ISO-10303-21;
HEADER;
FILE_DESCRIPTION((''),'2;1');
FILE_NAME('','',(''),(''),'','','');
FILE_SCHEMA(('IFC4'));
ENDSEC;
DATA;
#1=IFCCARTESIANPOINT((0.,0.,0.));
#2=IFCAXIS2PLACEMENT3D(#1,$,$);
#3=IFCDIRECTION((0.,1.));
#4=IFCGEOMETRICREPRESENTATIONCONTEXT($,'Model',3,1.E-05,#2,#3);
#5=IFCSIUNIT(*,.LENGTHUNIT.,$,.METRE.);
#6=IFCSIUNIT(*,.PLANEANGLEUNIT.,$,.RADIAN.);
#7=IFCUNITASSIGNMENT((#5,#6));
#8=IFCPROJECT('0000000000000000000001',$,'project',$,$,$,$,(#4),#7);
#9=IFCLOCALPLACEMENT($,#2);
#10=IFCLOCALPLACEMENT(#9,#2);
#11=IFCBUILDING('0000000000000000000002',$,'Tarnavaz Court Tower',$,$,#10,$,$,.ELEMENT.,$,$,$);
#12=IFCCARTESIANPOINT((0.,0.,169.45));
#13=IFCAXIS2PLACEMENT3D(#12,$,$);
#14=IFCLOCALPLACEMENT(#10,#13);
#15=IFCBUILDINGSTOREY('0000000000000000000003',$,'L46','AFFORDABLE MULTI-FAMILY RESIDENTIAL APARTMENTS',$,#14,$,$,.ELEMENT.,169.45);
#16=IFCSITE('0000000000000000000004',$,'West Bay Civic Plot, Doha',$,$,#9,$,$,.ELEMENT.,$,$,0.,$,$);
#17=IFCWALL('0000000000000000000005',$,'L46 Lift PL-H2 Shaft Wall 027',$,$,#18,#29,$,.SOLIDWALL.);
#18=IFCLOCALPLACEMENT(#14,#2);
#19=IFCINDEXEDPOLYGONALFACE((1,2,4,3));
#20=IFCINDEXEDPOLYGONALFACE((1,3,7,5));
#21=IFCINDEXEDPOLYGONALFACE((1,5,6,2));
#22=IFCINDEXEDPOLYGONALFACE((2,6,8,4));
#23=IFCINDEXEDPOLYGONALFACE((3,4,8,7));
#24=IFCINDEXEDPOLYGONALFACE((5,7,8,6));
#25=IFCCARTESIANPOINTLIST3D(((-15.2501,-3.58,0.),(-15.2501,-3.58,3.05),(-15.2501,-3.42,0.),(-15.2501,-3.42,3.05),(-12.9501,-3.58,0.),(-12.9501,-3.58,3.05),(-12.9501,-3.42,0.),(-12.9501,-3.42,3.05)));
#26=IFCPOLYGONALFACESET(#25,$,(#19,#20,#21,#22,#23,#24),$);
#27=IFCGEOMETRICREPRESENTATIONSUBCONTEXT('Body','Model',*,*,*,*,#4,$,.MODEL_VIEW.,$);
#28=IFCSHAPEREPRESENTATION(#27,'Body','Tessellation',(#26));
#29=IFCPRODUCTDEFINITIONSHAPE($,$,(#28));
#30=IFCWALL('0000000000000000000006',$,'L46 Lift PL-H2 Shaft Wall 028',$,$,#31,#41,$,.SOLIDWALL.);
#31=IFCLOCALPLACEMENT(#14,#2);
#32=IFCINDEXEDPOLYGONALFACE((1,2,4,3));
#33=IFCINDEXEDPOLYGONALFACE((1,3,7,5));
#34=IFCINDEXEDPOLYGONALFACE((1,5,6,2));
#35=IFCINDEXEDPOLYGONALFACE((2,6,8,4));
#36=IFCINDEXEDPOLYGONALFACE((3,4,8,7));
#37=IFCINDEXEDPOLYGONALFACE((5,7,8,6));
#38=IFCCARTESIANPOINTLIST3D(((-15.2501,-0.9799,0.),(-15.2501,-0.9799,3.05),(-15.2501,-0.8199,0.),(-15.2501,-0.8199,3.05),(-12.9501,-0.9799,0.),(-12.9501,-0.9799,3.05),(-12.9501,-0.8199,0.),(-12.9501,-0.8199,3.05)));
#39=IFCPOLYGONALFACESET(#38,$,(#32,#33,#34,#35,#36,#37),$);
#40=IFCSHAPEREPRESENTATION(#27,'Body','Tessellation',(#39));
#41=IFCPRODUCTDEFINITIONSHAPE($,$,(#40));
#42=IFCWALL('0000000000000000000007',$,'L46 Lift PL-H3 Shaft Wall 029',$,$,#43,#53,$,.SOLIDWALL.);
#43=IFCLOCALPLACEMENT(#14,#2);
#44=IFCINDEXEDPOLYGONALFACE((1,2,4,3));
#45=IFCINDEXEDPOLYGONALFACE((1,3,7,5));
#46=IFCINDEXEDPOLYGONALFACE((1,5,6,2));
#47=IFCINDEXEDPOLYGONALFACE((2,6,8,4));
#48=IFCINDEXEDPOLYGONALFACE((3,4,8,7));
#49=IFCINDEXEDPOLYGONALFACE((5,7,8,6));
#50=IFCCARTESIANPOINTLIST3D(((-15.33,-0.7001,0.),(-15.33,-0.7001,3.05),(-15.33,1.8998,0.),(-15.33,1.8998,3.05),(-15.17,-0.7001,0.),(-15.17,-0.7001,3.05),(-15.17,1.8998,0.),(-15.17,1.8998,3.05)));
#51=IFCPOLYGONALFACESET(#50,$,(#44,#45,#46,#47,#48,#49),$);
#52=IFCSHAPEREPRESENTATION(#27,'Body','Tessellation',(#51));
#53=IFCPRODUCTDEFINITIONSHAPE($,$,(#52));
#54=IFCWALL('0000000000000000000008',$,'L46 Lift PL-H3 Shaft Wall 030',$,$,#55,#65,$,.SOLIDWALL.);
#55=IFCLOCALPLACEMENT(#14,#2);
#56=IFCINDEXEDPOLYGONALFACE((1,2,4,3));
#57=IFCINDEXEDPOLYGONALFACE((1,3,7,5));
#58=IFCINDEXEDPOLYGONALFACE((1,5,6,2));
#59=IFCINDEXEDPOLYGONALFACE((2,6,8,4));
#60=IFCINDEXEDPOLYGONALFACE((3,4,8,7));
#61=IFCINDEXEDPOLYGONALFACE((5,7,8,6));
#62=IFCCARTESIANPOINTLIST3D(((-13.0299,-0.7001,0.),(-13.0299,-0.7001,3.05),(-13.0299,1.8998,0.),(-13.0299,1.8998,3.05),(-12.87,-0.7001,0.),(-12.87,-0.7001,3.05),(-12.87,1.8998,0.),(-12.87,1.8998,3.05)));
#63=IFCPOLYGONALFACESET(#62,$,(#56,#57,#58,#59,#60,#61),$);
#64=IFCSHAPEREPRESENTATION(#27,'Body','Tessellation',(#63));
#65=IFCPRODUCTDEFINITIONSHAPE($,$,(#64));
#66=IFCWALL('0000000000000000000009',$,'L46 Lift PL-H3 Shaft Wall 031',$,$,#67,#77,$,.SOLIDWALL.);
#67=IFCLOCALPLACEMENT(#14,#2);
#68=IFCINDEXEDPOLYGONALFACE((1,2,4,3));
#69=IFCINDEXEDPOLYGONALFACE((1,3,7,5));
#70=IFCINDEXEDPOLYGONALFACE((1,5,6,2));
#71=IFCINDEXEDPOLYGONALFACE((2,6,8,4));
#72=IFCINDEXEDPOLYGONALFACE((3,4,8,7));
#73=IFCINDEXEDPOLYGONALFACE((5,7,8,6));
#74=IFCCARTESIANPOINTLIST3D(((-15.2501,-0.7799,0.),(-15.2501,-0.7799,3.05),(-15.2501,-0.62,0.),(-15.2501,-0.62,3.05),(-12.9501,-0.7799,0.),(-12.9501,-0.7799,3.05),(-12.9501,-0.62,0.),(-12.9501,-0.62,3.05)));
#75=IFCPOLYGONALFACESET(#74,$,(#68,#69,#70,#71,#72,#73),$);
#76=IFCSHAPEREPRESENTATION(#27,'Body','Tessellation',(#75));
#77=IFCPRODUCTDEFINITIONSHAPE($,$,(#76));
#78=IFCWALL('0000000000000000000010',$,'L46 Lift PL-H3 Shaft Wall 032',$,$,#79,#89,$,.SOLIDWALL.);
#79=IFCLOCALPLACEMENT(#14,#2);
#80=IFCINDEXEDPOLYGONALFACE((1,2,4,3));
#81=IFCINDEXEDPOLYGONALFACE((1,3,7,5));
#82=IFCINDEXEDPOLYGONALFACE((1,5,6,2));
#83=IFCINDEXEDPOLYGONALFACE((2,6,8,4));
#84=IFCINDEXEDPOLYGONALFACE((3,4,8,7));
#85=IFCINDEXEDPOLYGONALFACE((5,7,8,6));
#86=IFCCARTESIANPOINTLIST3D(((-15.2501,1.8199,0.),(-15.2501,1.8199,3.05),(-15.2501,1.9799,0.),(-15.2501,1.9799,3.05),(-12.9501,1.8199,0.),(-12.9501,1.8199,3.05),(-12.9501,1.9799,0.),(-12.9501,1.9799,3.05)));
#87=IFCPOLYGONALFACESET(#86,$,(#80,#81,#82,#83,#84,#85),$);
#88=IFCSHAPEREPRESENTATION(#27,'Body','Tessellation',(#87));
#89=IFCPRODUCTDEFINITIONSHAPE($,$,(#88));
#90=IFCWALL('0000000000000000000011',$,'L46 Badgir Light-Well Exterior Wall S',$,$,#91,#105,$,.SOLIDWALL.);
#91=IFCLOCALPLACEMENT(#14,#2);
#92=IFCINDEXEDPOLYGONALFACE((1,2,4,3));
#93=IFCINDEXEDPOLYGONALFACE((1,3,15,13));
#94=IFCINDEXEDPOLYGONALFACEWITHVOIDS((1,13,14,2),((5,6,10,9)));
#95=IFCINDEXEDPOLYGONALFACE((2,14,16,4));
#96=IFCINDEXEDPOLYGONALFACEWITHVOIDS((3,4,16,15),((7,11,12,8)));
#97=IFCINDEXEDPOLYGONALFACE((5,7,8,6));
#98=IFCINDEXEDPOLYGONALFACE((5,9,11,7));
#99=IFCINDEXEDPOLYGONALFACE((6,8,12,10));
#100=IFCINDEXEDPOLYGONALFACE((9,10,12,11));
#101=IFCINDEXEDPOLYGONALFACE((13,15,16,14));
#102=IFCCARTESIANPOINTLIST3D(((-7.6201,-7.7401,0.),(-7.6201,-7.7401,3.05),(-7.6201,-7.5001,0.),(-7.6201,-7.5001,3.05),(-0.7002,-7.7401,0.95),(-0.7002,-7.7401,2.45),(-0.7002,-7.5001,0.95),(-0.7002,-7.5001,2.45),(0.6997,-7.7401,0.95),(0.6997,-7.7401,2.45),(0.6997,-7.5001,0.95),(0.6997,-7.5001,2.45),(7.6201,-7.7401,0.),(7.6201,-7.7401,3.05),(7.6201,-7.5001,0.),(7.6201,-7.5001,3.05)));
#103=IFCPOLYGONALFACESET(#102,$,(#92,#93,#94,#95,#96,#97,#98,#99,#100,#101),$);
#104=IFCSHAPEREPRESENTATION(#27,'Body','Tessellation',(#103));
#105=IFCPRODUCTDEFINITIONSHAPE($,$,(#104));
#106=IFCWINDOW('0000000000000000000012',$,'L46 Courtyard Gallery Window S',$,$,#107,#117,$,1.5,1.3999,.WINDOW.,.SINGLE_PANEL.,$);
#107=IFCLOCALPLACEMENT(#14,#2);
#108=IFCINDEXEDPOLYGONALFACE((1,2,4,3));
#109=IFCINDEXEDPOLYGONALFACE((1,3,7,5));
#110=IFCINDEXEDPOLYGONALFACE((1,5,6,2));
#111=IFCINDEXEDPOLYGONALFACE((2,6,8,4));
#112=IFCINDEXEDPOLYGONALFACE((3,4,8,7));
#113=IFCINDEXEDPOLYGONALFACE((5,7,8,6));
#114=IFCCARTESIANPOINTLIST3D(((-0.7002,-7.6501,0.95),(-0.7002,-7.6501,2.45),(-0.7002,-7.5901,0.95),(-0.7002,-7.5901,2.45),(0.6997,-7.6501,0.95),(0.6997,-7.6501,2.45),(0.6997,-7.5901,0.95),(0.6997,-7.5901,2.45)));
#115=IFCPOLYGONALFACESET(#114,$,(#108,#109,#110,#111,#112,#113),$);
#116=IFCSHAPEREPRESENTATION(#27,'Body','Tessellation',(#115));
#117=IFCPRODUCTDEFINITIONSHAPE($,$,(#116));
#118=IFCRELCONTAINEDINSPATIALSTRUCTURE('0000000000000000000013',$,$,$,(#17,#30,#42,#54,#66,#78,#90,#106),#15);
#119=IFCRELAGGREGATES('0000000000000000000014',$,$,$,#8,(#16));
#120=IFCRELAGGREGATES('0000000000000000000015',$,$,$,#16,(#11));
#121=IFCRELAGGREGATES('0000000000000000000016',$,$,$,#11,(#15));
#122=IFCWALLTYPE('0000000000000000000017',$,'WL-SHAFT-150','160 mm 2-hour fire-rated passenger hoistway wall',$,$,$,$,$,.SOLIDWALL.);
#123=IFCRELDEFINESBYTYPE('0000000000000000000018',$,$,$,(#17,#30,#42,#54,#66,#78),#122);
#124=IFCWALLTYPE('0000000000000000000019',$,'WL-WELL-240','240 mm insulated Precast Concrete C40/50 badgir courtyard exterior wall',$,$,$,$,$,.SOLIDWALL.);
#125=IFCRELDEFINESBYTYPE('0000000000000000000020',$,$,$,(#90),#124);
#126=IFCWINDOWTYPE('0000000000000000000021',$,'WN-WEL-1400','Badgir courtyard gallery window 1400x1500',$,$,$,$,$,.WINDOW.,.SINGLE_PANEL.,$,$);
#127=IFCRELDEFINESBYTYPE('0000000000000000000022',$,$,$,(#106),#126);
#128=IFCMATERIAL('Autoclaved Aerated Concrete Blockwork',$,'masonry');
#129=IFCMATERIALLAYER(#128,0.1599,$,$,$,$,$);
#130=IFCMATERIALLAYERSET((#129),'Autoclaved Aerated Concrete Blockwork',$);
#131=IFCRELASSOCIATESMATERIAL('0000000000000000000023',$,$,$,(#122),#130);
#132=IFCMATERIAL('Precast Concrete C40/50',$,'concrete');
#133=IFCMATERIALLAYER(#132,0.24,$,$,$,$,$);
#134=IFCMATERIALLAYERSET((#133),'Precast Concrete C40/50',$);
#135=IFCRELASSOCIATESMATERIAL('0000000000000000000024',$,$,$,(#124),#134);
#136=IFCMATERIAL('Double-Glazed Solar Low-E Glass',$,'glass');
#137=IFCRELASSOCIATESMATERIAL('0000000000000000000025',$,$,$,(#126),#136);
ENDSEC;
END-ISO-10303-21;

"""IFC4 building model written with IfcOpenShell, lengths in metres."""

from ifc_helpers import new_model, si_unit, direction, frame, frame_2d, origin, place, context, subcontext, project, spatial, rectangle, extrude, material, layer, layer_set, type_object, element, fill, save


model = new_model("IFC4")

# Units and contexts
model_context = context("Model", 3, precision=1e-05, world=origin(), true_north=direction((0.0, 1.0)))
body_context = subcontext(model_context, "Body", "Model", "MODEL_VIEW")
ifc_project = project(units=[si_unit("LENGTHUNIT", "METRE"), si_unit("PLANEANGLEUNIT", "RADIAN")], contexts=[model_context])

# Site, building, storey
site_placement = place(None, origin())
site = spatial("IfcSite", under=ifc_project, at=site_placement, Name="West Bay Civic Plot, Doha", CompositionType="ELEMENT", RefElevation=0.0)
building_placement = place(site_placement, origin())
building = spatial("IfcBuilding", under=site, at=building_placement, Name="Tarnavaz Court Tower", CompositionType="ELEMENT")
storey_placement = place(building_placement, frame((0.0, 0.0, 169.45)))
storey = spatial("IfcBuildingStorey", under=building, at=storey_placement, Name="L46", Description="AFFORDABLE MULTI-FAMILY RESIDENTIAL APARTMENTS", CompositionType="ELEMENT", Elevation=169.45)

# Walls
ifc_material_1 = material(Name="Autoclaved Aerated Concrete Blockwork", Category="masonry")
ifc_layer_1 = layer(ifc_material_1, 0.1599)
ifc_layer_set_1 = layer_set([ifc_layer_1], Name="Autoclaved Aerated Concrete Blockwork")
wall_type_1 = type_object("IfcWallType", Name="WL-SHAFT-150", Description="160 mm 2-hour fire-rated passenger hoistway wall", PredefinedType="SOLIDWALL", material=ifc_layer_set_1)
for number, where, z_axis, x_axis, name in (
    (1, (-15.25, -3.5, 0.0), (0.0, 0.0, 1.0), (1.0, 0.0, 0.0), "L46 Lift PL-H2 Shaft Wall 027"),
    (2, (-15.25, -0.8999, 0.0), (0.0, 0.0, 1.0), (1.0, 0.0, 0.0), "L46 Lift PL-H2 Shaft Wall 028"),
):
    element("IfcWall", number, at=place(storey_placement, frame(where, z_axis=z_axis, x_axis=x_axis)), inside=storey, type_object=wall_type_1, Name=name, PredefinedType="SOLIDWALL", context=body_context, shape_type="SweptSolid", body=[
        extrude(rectangle(XDim=2.3, YDim=0.1599, at=frame_2d((1.1499, 0.0))), origin(), (0.0, 0.0, 1.0), 3.05),
    ])
for number, where, z_axis, x_axis, name in (
    (3, (-15.25, -0.7, 0.0), (0.0, 0.0, 1.0), (0.0, 1.0, 0.0), "L46 Lift PL-H3 Shaft Wall 029"),
    (4, (-12.95, -0.7, 0.0), (0.0, 0.0, 1.0), (0.0, 1.0, 0.0), "L46 Lift PL-H3 Shaft Wall 030"),
):
    element("IfcWall", number, at=place(storey_placement, frame(where, z_axis=z_axis, x_axis=x_axis)), inside=storey, type_object=wall_type_1, Name=name, PredefinedType="SOLIDWALL", context=body_context, shape_type="SweptSolid", body=[
        extrude(rectangle(XDim=2.5999, YDim=0.1599, at=frame_2d((1.2998, 0.0))), origin(), (0.0, 0.0, 1.0), 3.05),
    ])
for number, where, z_axis, x_axis, name in (
    (5, (-15.25, -0.7, 0.0), (0.0, 0.0, 1.0), (1.0, 0.0, 0.0), "L46 Lift PL-H3 Shaft Wall 031"),
    (6, (-15.25, 1.8999, 0.0), (0.0, 0.0, 1.0), (1.0, 0.0, 0.0), "L46 Lift PL-H3 Shaft Wall 032"),
):
    element("IfcWall", number, at=place(storey_placement, frame(where, z_axis=z_axis, x_axis=x_axis)), inside=storey, type_object=wall_type_1, Name=name, PredefinedType="SOLIDWALL", context=body_context, shape_type="SweptSolid", body=[
        extrude(rectangle(XDim=2.3, YDim=0.1599, at=frame_2d((1.1499, 0.0))), origin(), (0.0, 0.0, 1.0), 3.05),
    ])

# Wall, opening, window
ifc_material_2 = material(Name="Precast Concrete C40/50", Category="concrete")
ifc_layer_2 = layer(ifc_material_2, 0.24)
ifc_layer_set_2 = layer_set([ifc_layer_2], Name="Precast Concrete C40/50")
wall_type_2 = type_object("IfcWallType", Name="WL-WELL-240", Description="240 mm insulated Precast Concrete C40/50 badgir courtyard exterior wall", PredefinedType="SOLIDWALL", material=ifc_layer_set_2)
wall_1_placement = place(storey_placement, frame((-7.6201, -7.6201, 0.0), z_axis=(0.0, 0.0, 1.0), x_axis=(1.0, 0.0, 0.0)))
wall_1 = element("IfcWall", 7, at=wall_1_placement, inside=storey, type_object=wall_type_2, Name="L46 Badgir Light-Well Exterior Wall S", PredefinedType="SOLIDWALL", context=body_context, shape_type="SweptSolid", body=[
    extrude(rectangle(XDim=15.2402, YDim=0.24, at=frame_2d((7.6201, 0.0))), origin(), (0.0, 0.0, 1.0), 3.05),
])
opening_1_placement = place(wall_1_placement, frame((6.9199, 0.0, 0.95)))
opening_1 = element("IfcOpeningElement", 8, at=opening_1_placement, cuts=wall_1, PredefinedType="OPENING", context=body_context, shape_type="SweptSolid", body=[
    extrude(rectangle(XDim=1.3999, YDim=1.5, at=frame_2d((0.7, 0.75))), frame((0.0, 0.1299, 0.0), z_axis=(0.0, -1.0, 0.0), x_axis=(1.0, 0.0, 0.0)), (0.0, 0.0, 1.0), 0.26),
])
ifc_material_3 = material(Name="Double-Glazed Solar Low-E Glass", Category="glass")
window_type = type_object("IfcWindowType", Name="WN-WEL-1400", Description="Badgir courtyard gallery window 1400x1500", PartitioningType="SINGLE_PANEL", PredefinedType="WINDOW", material=ifc_material_3)
window_placement = place(opening_1_placement, origin())
window = element("IfcWindow", 9, at=window_placement, inside=storey, type_object=window_type, Name="L46 Courtyard Gallery Window S", OverallHeight=1.5, OverallWidth=1.3999, PartitioningType="SINGLE_PANEL", PredefinedType="WINDOW", context=body_context, shape_type="SweptSolid", body=[
    extrude(rectangle(XDim=1.3999, YDim=1.5, at=frame_2d((0.7, 0.75))), frame((0.0, 0.03, 0.0), z_axis=(0.0, -1.0, 0.0), x_axis=(1.0, 0.0, 0.0)), (0.0, 0.0, 1.0), 0.0601),
])
fill(opening_1, window)

save(model, "model.ifc")
